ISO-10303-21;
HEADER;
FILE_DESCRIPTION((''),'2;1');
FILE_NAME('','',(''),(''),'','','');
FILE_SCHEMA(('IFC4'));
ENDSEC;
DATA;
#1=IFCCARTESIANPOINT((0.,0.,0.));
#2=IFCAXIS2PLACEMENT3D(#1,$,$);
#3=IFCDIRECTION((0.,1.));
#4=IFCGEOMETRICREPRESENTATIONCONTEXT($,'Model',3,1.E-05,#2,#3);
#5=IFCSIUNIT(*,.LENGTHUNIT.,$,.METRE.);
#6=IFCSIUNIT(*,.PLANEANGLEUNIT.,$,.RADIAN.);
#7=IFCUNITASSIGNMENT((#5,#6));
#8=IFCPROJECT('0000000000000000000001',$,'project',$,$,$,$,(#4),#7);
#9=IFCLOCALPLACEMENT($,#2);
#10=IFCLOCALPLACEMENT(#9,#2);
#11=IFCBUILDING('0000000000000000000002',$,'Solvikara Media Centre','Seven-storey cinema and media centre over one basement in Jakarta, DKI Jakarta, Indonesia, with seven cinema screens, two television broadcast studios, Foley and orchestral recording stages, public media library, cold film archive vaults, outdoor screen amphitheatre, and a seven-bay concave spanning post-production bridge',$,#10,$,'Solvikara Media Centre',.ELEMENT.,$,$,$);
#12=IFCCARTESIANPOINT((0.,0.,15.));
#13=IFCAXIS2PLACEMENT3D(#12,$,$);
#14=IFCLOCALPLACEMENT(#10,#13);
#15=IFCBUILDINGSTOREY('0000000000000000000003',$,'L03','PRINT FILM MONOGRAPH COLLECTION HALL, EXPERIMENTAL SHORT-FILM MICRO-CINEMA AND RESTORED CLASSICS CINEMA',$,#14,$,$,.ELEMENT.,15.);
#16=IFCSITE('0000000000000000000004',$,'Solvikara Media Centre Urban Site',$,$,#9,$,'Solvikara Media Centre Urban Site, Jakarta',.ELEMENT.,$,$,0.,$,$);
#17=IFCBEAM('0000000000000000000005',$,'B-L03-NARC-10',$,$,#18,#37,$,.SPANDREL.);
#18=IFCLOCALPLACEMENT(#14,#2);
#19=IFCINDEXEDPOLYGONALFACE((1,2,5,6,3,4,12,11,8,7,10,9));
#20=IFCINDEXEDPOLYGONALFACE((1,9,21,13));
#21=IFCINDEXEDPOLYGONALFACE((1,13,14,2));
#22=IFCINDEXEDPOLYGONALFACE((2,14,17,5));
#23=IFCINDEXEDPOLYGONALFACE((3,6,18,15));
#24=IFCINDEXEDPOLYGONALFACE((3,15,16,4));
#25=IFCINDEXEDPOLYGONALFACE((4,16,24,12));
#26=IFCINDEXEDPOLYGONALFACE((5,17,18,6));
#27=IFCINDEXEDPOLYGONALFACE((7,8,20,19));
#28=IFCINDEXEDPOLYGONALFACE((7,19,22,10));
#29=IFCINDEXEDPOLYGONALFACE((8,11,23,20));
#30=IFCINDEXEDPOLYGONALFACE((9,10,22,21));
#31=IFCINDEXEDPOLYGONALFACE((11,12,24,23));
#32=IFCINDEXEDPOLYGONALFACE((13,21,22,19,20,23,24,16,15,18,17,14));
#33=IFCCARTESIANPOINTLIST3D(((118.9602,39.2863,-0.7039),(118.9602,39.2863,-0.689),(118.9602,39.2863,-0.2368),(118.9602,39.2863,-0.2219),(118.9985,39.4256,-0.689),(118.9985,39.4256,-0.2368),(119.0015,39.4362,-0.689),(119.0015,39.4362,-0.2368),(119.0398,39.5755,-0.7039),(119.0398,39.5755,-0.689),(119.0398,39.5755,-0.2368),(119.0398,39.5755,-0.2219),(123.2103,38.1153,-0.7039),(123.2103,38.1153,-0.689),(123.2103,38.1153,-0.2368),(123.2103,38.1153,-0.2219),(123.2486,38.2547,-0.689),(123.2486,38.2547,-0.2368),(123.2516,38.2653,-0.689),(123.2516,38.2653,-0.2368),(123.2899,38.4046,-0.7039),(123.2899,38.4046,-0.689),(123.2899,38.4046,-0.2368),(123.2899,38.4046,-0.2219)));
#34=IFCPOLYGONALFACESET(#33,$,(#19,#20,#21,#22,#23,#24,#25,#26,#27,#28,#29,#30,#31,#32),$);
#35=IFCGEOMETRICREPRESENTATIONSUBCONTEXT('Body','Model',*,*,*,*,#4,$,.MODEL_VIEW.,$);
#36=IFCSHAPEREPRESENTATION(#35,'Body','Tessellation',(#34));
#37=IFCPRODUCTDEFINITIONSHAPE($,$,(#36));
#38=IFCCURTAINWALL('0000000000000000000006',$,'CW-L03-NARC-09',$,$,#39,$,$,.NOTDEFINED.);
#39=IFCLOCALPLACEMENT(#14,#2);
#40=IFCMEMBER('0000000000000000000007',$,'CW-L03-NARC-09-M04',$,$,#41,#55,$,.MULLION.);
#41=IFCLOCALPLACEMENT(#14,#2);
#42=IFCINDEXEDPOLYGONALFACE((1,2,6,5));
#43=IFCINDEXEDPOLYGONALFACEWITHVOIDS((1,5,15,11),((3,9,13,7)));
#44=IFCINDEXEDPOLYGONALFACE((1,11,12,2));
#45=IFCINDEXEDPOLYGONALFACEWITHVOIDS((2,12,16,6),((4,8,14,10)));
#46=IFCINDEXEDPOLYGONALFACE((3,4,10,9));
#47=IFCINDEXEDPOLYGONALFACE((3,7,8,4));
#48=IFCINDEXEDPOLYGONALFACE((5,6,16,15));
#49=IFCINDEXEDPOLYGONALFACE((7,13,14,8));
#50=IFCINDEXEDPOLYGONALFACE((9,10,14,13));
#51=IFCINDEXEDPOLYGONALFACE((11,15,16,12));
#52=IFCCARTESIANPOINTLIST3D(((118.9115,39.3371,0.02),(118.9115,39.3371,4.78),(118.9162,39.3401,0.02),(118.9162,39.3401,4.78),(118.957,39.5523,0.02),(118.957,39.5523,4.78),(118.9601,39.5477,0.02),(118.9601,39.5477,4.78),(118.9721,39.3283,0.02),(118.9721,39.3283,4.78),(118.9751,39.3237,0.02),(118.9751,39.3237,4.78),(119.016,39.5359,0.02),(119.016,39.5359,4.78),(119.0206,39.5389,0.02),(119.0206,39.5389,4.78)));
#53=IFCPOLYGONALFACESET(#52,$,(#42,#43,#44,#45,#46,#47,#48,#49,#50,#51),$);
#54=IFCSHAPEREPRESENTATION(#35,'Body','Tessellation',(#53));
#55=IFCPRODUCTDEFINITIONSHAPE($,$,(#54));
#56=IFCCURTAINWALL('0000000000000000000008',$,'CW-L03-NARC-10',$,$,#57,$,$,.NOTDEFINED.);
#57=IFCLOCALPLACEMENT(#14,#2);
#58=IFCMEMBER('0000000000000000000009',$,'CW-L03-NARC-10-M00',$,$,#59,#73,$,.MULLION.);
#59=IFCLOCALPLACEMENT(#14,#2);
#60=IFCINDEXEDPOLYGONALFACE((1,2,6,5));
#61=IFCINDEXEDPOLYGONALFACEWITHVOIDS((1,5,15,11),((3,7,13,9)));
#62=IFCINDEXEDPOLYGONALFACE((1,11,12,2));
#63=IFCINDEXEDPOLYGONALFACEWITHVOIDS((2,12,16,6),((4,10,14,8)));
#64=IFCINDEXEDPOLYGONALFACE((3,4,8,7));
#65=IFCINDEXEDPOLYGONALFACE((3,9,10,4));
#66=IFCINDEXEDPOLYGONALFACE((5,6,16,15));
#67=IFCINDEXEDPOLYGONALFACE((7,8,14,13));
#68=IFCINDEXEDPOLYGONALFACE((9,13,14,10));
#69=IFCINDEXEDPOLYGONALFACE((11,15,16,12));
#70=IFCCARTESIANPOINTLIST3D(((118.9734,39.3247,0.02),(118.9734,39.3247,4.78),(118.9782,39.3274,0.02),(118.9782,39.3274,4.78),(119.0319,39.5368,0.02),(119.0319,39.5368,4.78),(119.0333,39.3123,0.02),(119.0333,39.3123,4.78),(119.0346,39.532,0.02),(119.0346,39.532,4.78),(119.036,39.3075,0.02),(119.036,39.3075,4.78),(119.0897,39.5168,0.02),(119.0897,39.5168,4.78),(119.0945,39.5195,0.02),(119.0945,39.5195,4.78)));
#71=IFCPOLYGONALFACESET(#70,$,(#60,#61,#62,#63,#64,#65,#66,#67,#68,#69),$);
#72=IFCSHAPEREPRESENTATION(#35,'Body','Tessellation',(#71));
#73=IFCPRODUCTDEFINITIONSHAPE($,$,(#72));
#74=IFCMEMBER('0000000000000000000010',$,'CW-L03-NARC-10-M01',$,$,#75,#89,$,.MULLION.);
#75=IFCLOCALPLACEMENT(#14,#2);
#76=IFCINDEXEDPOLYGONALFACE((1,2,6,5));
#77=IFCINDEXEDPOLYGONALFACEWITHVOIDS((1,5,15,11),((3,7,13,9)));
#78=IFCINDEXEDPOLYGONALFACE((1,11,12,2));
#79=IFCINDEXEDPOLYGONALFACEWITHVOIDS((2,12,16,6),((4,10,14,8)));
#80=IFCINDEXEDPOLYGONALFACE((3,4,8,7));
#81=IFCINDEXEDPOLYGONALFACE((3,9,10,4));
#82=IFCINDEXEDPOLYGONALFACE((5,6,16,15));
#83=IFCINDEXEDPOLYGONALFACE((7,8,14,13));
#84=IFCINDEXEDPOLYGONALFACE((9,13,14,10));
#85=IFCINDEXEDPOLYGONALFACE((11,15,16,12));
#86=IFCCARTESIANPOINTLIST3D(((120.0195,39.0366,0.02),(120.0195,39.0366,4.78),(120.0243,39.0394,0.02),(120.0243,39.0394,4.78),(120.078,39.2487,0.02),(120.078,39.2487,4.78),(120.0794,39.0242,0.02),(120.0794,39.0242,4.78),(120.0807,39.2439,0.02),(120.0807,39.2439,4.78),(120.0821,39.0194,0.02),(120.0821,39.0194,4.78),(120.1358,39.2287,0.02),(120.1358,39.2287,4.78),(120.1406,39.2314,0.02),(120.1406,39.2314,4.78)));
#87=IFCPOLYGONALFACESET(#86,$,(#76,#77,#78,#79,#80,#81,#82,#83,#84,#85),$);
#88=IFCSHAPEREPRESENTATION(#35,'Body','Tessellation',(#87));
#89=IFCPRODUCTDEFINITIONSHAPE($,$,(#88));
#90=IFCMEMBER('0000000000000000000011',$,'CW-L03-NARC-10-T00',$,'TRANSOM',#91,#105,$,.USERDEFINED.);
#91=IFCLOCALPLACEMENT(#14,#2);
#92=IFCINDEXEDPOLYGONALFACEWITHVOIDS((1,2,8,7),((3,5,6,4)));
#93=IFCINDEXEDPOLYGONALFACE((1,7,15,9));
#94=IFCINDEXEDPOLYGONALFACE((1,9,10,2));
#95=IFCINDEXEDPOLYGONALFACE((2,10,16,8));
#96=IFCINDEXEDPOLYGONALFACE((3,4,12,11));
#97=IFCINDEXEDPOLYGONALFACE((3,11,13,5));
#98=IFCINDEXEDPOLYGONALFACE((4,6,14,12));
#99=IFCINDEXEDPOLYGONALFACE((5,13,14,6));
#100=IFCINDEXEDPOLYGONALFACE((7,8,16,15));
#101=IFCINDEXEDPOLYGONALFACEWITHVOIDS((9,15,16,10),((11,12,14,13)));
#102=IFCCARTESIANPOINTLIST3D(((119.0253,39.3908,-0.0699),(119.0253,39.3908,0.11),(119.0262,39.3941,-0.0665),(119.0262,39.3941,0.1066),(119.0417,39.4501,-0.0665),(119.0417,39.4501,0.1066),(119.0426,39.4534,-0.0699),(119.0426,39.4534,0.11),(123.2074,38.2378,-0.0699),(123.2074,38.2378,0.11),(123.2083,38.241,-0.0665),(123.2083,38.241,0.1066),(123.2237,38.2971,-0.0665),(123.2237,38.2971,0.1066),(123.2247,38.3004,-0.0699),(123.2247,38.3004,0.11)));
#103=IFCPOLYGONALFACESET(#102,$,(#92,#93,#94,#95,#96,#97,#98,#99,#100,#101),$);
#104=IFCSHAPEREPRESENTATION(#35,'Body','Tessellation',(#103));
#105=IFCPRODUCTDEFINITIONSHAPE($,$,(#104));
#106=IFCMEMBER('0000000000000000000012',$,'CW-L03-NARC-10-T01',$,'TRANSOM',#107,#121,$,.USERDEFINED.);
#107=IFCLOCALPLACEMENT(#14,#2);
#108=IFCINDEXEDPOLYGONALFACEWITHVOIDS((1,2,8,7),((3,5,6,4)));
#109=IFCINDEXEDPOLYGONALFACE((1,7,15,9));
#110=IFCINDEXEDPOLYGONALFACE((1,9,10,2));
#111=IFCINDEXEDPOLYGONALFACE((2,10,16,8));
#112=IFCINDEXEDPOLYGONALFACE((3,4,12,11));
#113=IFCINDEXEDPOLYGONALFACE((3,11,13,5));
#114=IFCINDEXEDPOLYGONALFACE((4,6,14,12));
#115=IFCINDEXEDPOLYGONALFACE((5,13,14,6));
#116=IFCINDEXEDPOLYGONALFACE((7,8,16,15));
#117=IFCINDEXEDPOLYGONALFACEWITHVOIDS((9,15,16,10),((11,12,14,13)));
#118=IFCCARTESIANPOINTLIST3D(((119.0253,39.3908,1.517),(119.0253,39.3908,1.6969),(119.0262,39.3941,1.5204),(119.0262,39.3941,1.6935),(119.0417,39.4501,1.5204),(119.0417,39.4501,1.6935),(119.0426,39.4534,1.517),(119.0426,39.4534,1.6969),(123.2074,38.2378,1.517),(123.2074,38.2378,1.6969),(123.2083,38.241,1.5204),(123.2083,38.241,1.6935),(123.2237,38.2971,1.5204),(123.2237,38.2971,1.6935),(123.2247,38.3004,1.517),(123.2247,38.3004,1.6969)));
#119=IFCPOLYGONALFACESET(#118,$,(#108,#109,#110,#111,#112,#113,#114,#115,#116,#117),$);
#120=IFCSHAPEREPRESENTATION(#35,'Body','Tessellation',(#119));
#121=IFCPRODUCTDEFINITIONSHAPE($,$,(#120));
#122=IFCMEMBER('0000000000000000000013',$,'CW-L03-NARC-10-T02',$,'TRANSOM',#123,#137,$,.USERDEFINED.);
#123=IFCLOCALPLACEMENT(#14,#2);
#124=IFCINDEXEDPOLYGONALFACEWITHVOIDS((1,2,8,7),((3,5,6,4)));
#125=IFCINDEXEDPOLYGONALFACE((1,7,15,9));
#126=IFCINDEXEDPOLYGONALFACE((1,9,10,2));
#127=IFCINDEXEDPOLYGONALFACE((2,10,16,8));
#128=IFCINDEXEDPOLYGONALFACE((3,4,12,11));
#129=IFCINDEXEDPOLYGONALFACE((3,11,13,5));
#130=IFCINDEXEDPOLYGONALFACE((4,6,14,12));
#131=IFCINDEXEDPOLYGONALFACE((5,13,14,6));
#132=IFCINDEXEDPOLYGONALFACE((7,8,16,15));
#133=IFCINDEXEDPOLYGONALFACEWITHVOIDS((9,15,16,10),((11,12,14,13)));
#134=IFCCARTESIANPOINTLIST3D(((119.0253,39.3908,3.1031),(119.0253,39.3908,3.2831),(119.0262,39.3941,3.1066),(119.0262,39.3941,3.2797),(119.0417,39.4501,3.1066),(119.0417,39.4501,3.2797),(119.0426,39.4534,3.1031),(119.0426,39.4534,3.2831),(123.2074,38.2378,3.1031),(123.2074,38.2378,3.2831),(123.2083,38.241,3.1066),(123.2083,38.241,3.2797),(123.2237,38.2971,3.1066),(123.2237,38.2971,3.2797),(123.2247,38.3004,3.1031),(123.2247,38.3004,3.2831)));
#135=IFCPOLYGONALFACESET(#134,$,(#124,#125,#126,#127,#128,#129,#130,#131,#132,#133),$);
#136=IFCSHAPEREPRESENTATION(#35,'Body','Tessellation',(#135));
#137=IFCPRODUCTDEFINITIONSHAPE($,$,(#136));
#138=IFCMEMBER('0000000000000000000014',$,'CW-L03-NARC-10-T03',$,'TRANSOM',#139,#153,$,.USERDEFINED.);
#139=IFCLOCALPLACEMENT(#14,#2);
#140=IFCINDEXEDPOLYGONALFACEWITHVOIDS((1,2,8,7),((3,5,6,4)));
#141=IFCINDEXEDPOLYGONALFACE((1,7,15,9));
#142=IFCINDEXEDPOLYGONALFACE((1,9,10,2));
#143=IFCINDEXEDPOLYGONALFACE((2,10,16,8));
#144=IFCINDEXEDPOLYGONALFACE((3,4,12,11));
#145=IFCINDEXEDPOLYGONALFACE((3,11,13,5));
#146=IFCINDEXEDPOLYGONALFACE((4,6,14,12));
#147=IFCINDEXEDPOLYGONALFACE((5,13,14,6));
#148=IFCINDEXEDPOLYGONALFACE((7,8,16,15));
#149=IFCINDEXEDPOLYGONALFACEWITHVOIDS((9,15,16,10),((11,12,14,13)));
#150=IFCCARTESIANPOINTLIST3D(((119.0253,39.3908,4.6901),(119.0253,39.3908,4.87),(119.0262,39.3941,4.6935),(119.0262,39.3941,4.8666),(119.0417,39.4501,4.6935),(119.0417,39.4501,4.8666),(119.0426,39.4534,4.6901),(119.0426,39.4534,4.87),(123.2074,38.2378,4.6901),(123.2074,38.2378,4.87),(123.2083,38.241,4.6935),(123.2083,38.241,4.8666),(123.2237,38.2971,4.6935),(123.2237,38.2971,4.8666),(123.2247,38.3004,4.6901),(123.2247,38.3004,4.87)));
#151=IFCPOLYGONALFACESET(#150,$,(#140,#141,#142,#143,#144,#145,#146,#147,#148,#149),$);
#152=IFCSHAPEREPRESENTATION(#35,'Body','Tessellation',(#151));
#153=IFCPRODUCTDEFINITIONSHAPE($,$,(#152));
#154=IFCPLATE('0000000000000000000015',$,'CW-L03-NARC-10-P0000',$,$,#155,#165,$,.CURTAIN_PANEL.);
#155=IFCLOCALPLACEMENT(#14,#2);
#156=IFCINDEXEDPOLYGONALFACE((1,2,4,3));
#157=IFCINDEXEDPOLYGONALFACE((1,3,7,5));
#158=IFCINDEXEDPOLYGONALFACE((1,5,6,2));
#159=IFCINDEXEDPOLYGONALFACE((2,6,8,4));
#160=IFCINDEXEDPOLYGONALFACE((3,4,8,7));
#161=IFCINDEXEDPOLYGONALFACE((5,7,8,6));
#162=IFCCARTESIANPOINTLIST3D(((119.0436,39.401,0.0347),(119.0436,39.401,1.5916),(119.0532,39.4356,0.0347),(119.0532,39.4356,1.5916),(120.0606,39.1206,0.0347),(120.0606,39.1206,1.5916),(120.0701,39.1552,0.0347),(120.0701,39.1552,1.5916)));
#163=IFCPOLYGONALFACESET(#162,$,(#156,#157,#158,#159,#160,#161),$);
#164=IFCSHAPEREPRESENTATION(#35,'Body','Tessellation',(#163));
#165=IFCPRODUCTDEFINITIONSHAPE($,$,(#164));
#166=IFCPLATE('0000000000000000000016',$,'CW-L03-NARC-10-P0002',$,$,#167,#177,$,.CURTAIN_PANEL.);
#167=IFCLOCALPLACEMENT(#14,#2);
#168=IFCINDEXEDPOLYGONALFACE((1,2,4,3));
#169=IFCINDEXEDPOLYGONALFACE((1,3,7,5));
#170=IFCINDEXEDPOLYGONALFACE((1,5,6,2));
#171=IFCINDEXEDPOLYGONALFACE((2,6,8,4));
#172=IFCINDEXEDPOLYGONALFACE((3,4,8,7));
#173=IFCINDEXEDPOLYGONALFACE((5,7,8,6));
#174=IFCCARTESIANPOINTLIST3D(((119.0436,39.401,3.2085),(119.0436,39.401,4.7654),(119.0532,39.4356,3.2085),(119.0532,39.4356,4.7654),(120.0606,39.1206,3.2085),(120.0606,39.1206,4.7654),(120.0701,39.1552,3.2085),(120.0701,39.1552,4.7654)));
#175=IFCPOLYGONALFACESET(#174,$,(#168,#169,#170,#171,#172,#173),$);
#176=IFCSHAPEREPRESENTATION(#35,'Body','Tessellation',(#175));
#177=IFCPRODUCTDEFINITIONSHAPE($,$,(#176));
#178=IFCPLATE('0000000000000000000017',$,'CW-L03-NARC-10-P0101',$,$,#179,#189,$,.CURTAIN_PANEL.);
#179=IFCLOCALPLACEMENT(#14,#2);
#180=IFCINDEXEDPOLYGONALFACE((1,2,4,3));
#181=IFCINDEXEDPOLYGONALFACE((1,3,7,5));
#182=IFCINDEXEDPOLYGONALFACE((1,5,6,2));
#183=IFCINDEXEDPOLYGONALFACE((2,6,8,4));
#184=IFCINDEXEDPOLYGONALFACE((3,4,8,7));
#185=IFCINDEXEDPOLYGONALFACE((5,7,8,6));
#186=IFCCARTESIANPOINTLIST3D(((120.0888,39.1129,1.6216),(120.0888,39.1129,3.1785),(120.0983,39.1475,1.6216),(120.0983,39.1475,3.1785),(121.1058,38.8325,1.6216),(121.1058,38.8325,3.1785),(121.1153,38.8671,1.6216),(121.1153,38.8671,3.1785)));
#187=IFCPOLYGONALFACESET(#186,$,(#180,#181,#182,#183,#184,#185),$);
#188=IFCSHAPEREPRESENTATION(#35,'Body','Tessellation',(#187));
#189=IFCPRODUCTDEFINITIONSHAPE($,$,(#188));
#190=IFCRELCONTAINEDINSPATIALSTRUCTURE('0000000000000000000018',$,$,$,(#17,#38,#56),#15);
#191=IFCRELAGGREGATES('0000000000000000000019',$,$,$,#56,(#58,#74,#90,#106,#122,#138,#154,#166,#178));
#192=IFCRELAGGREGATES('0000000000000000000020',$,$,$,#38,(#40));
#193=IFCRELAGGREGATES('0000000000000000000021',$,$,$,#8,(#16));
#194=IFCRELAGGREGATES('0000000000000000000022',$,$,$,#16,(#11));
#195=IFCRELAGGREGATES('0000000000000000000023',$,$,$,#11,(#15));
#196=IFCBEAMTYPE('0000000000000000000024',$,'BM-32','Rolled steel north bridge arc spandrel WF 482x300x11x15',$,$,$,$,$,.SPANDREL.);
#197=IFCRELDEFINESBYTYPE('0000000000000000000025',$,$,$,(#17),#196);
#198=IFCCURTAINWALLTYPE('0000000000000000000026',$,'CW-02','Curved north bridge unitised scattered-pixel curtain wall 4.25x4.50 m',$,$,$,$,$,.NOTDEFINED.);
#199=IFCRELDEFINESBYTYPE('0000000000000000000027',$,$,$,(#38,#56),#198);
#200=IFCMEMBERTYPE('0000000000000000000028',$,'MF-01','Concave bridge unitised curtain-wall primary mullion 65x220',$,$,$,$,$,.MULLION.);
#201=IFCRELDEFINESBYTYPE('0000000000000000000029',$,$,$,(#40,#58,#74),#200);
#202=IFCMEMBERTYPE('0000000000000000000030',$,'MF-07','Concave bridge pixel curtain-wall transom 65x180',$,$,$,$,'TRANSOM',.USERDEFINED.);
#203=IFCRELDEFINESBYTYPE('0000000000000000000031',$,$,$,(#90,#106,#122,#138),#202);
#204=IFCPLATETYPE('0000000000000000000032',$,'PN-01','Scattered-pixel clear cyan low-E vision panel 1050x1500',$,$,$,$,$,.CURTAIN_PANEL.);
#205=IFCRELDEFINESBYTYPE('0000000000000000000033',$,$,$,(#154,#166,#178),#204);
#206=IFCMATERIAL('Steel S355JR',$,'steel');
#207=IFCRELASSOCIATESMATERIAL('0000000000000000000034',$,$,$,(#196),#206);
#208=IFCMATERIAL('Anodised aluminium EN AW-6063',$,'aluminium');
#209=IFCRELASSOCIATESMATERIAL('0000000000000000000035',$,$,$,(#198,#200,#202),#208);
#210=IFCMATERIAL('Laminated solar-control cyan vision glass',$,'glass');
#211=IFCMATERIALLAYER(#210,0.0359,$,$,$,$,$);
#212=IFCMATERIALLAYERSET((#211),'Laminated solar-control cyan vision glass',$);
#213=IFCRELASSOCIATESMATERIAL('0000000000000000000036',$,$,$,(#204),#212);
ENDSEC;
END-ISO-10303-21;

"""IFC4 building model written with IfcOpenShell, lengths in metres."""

from ifc_helpers import new_model, si_unit, direction, frame, origin, origin_2d, place, context, subcontext, project, spatial, rectangle, hollow_rectangle, i_section, extrude, material, layer, layer_set, material_profile, profile_set, type_object, element, aggregate, save


model = new_model("IFC4")

# Units and contexts
model_context = context("Model", 3, precision=1e-05, world=origin(), true_north=direction((0.0, 1.0)))
body_context = subcontext(model_context, "Body", "Model", "MODEL_VIEW")
ifc_project = project(units=[si_unit("LENGTHUNIT", "METRE"), si_unit("PLANEANGLEUNIT", "RADIAN")], contexts=[model_context])

# Site, building, storey
site_placement = place(None, origin())
site = spatial("IfcSite", under=ifc_project, at=site_placement, Name="Solvikara Media Centre Urban Site", LongName="Solvikara Media Centre Urban Site, Jakarta", CompositionType="ELEMENT", RefElevation=0.0)
building_placement = place(site_placement, origin())
building = spatial("IfcBuilding", under=site, at=building_placement, Name="Solvikara Media Centre", Description="Seven-storey cinema and media centre over one basement in Jakarta, DKI Jakarta, Indonesia, with seven cinema screens, two television broadcast studios, Foley and orchestral recording stages, public media library, cold film archive vaults, outdoor screen amphitheatre, and a seven-bay concave spanning post-production bridge", LongName="Solvikara Media Centre", CompositionType="ELEMENT")
storey_placement = place(building_placement, frame((0.0, 0.0, 15.0)))
storey = spatial("IfcBuildingStorey", under=building, at=storey_placement, Name="L03", Description="PRINT FILM MONOGRAPH COLLECTION HALL, EXPERIMENTAL SHORT-FILM MICRO-CINEMA AND RESTORED CLASSICS CINEMA", CompositionType="ELEMENT", Elevation=15.0)

# Beam
ifc_material_1 = material(Name="Steel S355JR", Category="steel")
ifc_material_profile_1 = material_profile(ifc_material_1, i_section(OverallWidth=0.3, OverallDepth=0.4819, WebThickness=0.011, FlangeThickness=0.0149, at=origin_2d()), Name="WF 482x300x11x15")
ifc_profile_set_1 = profile_set([ifc_material_profile_1], Name="Steel S355JR")
beam_type = type_object("IfcBeamType", Name="BM-32", Description="Rolled steel north bridge arc spandrel WF 482x300x11x15", PredefinedType="SPANDREL", material=ifc_profile_set_1)
beam_placement = place(storey_placement, frame((119.0, 39.4309, -0.4629), z_axis=(0.964081, -0.26561, 0.0), x_axis=(0.26561, 0.964081, 0.0)))
element("IfcBeam", 1, at=beam_placement, inside=storey, type_object=beam_type, Name="B-L03-NARC-10", PredefinedType="SPANDREL", context=body_context, shape_type="SweptSolid", body=[
    extrude(i_section(OverallWidth=0.3, OverallDepth=0.4819, WebThickness=0.011, FlangeThickness=0.0149, at=origin_2d()), origin(), (0.0, 0.0, 1.0), 4.4084),
])

# Curtain wall, member
ifc_material_2 = material(Name="Anodised aluminium EN AW-6063", Category="aluminium")
curtain_wall_type = type_object("IfcCurtainWallType", Name="CW-02", Description="Curved north bridge unitised scattered-pixel curtain wall 4.25x4.50 m", PredefinedType="NOTDEFINED", material=ifc_material_2)
curtain_wall_1_placement = place(storey_placement, origin())
curtain_wall_1 = element("IfcCurtainWall", 2, at=curtain_wall_1_placement, inside=storey, type_object=curtain_wall_type, Name="CW-L03-NARC-09", PredefinedType="NOTDEFINED")
ifc_material_profile_2 = material_profile(ifc_material_2, hollow_rectangle(XDim=0.0649, YDim=0.22, WallThickness=0.0039, at=origin_2d()), Name="ALU-M 65x220x4")
ifc_profile_set_2 = profile_set([ifc_material_profile_2], Name="Anodised aluminium EN AW-6063")
member_type_1 = type_object("IfcMemberType", Name="MF-01", Description="Concave bridge unitised curtain-wall primary mullion 65x220", PredefinedType="MULLION", material=ifc_profile_set_2)
member_1_placement = place(storey_placement, frame((118.9661, 39.438, 0.02), z_axis=(0.0, 0.0, 1.0), x_axis=(0.978379, -0.206819, 0.0)))
member_1 = element("IfcMember", 3, at=member_1_placement, type_object=member_type_1, Name="CW-L03-NARC-09-M04", PredefinedType="MULLION", context=body_context, shape_type="SweptSolid", body=[
    extrude(hollow_rectangle(XDim=0.0649, YDim=0.22, WallThickness=0.0039, at=origin_2d()), origin(), (0.0, 0.0, 1.0), 4.76),
])

# Curtain wall, members, plates
curtain_wall_2_placement = place(storey_placement, origin())
curtain_wall_2 = element("IfcCurtainWall", 4, at=curtain_wall_2_placement, inside=storey, type_object=curtain_wall_type, Name="CW-L03-NARC-10", PredefinedType="NOTDEFINED")
member_2_placement = place(storey_placement, frame((119.0339, 39.4221, 0.02), z_axis=(0.0, 0.0, 1.0), x_axis=(0.96403, -0.265792, 0.0)))
member_2 = element("IfcMember", 5, at=member_2_placement, type_object=member_type_1, Name="CW-L03-NARC-10-M00", PredefinedType="MULLION", context=body_context, shape_type="SweptSolid", body=[
    extrude(hollow_rectangle(XDim=0.0649, YDim=0.22, WallThickness=0.0039, at=origin_2d()), origin(), (0.0, 0.0, 1.0), 4.76),
])
member_3_placement = place(storey_placement, frame((120.0801, 39.134, 0.02), z_axis=(0.0, 0.0, 1.0), x_axis=(0.96403, -0.265792, 0.0)))
member_3 = element("IfcMember", 6, at=member_3_placement, type_object=member_type_1, Name="CW-L03-NARC-10-M01", PredefinedType="MULLION", context=body_context, shape_type="SweptSolid", body=[
    extrude(hollow_rectangle(XDim=0.0649, YDim=0.22, WallThickness=0.0039, at=origin_2d()), origin(), (0.0, 0.0, 1.0), 4.76),
])
ifc_material_profile_3 = material_profile(ifc_material_2, hollow_rectangle(XDim=0.0649, YDim=0.1799, WallThickness=0.0034, at=origin_2d()), Name="ALU-T 65x180x3.5")
ifc_profile_set_3 = profile_set([ifc_material_profile_3], Name="Anodised aluminium EN AW-6063")
member_type_2 = type_object("IfcMemberType", Name="MF-07", Description="Concave bridge pixel curtain-wall transom 65x180", ElementType="TRANSOM", PredefinedType="USERDEFINED", material=ifc_profile_set_3)
member_4_placement = place(storey_placement, frame((119.0339, 39.4221, 0.02), z_axis=(0.964029, -0.265797, 0.0), x_axis=(0.265797, 0.964029, 0.0)))
member_4 = element("IfcMember", 7, at=member_4_placement, type_object=member_type_2, Name="CW-L03-NARC-10-T00", ObjectType="TRANSOM", PredefinedType="USERDEFINED", context=body_context, shape_type="SweptSolid", body=[
    extrude(hollow_rectangle(XDim=0.0649, YDim=0.1799, WallThickness=0.0034, at=origin_2d()), origin(), (0.0, 0.0, 1.0), 4.3381),
])
member_5_placement = place(storey_placement, frame((119.0339, 39.4221, 1.6069), z_axis=(0.964029, -0.265797, 0.0), x_axis=(0.265797, 0.964029, 0.0)))
member_5 = element("IfcMember", 8, at=member_5_placement, type_object=member_type_2, Name="CW-L03-NARC-10-T01", ObjectType="TRANSOM", PredefinedType="USERDEFINED", context=body_context, shape_type="SweptSolid", body=[
    extrude(hollow_rectangle(XDim=0.0649, YDim=0.1799, WallThickness=0.0034, at=origin_2d()), origin(), (0.0, 0.0, 1.0), 4.3381),
])
member_6_placement = place(storey_placement, frame((119.0339, 39.4221, 3.1931), z_axis=(0.964029, -0.265797, 0.0), x_axis=(0.265797, 0.964029, 0.0)))
member_6 = element("IfcMember", 9, at=member_6_placement, type_object=member_type_2, Name="CW-L03-NARC-10-T02", ObjectType="TRANSOM", PredefinedType="USERDEFINED", context=body_context, shape_type="SweptSolid", body=[
    extrude(hollow_rectangle(XDim=0.0649, YDim=0.1799, WallThickness=0.0034, at=origin_2d()), origin(), (0.0, 0.0, 1.0), 4.3381),
])
member_7_placement = place(storey_placement, frame((119.0339, 39.4221, 4.78), z_axis=(0.964029, -0.265797, 0.0), x_axis=(0.265797, 0.964029, 0.0)))
member_7 = element("IfcMember", 10, at=member_7_placement, type_object=member_type_2, Name="CW-L03-NARC-10-T03", ObjectType="TRANSOM", PredefinedType="USERDEFINED", context=body_context, shape_type="SweptSolid", body=[
    extrude(hollow_rectangle(XDim=0.0649, YDim=0.1799, WallThickness=0.0034, at=origin_2d()), origin(), (0.0, 0.0, 1.0), 4.3381),
])
ifc_material_3 = material(Name="Laminated solar-control cyan vision glass", Category="glass")
ifc_layer_1 = layer(ifc_material_3, 0.0359)
ifc_layer_set_1 = layer_set([ifc_layer_1], Name="Laminated solar-control cyan vision glass")
plate_type_1 = type_object("IfcPlateType", Name="PN-01", Description="Scattered-pixel clear cyan low-E vision panel 1050x1500", PredefinedType="CURTAIN_PANEL", material=ifc_layer_set_1)
plate_1_placement = place(storey_placement, frame((119.5569, 39.2781, 0.0347), z_axis=(0.0, 0.0, 1.0), x_axis=(0.96403, -0.265792, 0.0)))
plate_1 = element("IfcPlate", 11, at=plate_1_placement, type_object=plate_type_1, Name="CW-L03-NARC-10-P0000", PredefinedType="CURTAIN_PANEL", context=body_context, shape_type="SweptSolid", body=[
    extrude(rectangle(XDim=1.0549, YDim=0.0359, at=origin_2d()), origin(), (0.0, 0.0, 1.0), 1.5569),
])
plate_2_placement = place(storey_placement, frame((119.5569, 39.2781, 3.2085), z_axis=(0.0, 0.0, 1.0), x_axis=(0.96403, -0.265792, 0.0)))
plate_2 = element("IfcPlate", 12, at=plate_2_placement, type_object=plate_type_1, Name="CW-L03-NARC-10-P0002", PredefinedType="CURTAIN_PANEL", context=body_context, shape_type="SweptSolid", body=[
    extrude(rectangle(XDim=1.0549, YDim=0.0359, at=origin_2d()), origin(), (0.0, 0.0, 1.0), 1.5569),
])
plate_3_placement = place(storey_placement, frame((120.6021, 38.99, 1.6216), z_axis=(0.0, 0.0, 1.0), x_axis=(0.96403, -0.265792, 0.0)))
plate_3 = element("IfcPlate", 13, at=plate_3_placement, type_object=plate_type_1, Name="CW-L03-NARC-10-P0101", PredefinedType="CURTAIN_PANEL", context=body_context, shape_type="SweptSolid", body=[
    extrude(rectangle(XDim=1.0549, YDim=0.0359, at=origin_2d()), origin(), (0.0, 0.0, 1.0), 1.5569),
])

aggregate(curtain_wall_2, [member_2, member_3, member_4, member_5, member_6, member_7, plate_1, plate_2, plate_3])
aggregate(curtain_wall_1, [member_1])

save(model, "model.ifc")
